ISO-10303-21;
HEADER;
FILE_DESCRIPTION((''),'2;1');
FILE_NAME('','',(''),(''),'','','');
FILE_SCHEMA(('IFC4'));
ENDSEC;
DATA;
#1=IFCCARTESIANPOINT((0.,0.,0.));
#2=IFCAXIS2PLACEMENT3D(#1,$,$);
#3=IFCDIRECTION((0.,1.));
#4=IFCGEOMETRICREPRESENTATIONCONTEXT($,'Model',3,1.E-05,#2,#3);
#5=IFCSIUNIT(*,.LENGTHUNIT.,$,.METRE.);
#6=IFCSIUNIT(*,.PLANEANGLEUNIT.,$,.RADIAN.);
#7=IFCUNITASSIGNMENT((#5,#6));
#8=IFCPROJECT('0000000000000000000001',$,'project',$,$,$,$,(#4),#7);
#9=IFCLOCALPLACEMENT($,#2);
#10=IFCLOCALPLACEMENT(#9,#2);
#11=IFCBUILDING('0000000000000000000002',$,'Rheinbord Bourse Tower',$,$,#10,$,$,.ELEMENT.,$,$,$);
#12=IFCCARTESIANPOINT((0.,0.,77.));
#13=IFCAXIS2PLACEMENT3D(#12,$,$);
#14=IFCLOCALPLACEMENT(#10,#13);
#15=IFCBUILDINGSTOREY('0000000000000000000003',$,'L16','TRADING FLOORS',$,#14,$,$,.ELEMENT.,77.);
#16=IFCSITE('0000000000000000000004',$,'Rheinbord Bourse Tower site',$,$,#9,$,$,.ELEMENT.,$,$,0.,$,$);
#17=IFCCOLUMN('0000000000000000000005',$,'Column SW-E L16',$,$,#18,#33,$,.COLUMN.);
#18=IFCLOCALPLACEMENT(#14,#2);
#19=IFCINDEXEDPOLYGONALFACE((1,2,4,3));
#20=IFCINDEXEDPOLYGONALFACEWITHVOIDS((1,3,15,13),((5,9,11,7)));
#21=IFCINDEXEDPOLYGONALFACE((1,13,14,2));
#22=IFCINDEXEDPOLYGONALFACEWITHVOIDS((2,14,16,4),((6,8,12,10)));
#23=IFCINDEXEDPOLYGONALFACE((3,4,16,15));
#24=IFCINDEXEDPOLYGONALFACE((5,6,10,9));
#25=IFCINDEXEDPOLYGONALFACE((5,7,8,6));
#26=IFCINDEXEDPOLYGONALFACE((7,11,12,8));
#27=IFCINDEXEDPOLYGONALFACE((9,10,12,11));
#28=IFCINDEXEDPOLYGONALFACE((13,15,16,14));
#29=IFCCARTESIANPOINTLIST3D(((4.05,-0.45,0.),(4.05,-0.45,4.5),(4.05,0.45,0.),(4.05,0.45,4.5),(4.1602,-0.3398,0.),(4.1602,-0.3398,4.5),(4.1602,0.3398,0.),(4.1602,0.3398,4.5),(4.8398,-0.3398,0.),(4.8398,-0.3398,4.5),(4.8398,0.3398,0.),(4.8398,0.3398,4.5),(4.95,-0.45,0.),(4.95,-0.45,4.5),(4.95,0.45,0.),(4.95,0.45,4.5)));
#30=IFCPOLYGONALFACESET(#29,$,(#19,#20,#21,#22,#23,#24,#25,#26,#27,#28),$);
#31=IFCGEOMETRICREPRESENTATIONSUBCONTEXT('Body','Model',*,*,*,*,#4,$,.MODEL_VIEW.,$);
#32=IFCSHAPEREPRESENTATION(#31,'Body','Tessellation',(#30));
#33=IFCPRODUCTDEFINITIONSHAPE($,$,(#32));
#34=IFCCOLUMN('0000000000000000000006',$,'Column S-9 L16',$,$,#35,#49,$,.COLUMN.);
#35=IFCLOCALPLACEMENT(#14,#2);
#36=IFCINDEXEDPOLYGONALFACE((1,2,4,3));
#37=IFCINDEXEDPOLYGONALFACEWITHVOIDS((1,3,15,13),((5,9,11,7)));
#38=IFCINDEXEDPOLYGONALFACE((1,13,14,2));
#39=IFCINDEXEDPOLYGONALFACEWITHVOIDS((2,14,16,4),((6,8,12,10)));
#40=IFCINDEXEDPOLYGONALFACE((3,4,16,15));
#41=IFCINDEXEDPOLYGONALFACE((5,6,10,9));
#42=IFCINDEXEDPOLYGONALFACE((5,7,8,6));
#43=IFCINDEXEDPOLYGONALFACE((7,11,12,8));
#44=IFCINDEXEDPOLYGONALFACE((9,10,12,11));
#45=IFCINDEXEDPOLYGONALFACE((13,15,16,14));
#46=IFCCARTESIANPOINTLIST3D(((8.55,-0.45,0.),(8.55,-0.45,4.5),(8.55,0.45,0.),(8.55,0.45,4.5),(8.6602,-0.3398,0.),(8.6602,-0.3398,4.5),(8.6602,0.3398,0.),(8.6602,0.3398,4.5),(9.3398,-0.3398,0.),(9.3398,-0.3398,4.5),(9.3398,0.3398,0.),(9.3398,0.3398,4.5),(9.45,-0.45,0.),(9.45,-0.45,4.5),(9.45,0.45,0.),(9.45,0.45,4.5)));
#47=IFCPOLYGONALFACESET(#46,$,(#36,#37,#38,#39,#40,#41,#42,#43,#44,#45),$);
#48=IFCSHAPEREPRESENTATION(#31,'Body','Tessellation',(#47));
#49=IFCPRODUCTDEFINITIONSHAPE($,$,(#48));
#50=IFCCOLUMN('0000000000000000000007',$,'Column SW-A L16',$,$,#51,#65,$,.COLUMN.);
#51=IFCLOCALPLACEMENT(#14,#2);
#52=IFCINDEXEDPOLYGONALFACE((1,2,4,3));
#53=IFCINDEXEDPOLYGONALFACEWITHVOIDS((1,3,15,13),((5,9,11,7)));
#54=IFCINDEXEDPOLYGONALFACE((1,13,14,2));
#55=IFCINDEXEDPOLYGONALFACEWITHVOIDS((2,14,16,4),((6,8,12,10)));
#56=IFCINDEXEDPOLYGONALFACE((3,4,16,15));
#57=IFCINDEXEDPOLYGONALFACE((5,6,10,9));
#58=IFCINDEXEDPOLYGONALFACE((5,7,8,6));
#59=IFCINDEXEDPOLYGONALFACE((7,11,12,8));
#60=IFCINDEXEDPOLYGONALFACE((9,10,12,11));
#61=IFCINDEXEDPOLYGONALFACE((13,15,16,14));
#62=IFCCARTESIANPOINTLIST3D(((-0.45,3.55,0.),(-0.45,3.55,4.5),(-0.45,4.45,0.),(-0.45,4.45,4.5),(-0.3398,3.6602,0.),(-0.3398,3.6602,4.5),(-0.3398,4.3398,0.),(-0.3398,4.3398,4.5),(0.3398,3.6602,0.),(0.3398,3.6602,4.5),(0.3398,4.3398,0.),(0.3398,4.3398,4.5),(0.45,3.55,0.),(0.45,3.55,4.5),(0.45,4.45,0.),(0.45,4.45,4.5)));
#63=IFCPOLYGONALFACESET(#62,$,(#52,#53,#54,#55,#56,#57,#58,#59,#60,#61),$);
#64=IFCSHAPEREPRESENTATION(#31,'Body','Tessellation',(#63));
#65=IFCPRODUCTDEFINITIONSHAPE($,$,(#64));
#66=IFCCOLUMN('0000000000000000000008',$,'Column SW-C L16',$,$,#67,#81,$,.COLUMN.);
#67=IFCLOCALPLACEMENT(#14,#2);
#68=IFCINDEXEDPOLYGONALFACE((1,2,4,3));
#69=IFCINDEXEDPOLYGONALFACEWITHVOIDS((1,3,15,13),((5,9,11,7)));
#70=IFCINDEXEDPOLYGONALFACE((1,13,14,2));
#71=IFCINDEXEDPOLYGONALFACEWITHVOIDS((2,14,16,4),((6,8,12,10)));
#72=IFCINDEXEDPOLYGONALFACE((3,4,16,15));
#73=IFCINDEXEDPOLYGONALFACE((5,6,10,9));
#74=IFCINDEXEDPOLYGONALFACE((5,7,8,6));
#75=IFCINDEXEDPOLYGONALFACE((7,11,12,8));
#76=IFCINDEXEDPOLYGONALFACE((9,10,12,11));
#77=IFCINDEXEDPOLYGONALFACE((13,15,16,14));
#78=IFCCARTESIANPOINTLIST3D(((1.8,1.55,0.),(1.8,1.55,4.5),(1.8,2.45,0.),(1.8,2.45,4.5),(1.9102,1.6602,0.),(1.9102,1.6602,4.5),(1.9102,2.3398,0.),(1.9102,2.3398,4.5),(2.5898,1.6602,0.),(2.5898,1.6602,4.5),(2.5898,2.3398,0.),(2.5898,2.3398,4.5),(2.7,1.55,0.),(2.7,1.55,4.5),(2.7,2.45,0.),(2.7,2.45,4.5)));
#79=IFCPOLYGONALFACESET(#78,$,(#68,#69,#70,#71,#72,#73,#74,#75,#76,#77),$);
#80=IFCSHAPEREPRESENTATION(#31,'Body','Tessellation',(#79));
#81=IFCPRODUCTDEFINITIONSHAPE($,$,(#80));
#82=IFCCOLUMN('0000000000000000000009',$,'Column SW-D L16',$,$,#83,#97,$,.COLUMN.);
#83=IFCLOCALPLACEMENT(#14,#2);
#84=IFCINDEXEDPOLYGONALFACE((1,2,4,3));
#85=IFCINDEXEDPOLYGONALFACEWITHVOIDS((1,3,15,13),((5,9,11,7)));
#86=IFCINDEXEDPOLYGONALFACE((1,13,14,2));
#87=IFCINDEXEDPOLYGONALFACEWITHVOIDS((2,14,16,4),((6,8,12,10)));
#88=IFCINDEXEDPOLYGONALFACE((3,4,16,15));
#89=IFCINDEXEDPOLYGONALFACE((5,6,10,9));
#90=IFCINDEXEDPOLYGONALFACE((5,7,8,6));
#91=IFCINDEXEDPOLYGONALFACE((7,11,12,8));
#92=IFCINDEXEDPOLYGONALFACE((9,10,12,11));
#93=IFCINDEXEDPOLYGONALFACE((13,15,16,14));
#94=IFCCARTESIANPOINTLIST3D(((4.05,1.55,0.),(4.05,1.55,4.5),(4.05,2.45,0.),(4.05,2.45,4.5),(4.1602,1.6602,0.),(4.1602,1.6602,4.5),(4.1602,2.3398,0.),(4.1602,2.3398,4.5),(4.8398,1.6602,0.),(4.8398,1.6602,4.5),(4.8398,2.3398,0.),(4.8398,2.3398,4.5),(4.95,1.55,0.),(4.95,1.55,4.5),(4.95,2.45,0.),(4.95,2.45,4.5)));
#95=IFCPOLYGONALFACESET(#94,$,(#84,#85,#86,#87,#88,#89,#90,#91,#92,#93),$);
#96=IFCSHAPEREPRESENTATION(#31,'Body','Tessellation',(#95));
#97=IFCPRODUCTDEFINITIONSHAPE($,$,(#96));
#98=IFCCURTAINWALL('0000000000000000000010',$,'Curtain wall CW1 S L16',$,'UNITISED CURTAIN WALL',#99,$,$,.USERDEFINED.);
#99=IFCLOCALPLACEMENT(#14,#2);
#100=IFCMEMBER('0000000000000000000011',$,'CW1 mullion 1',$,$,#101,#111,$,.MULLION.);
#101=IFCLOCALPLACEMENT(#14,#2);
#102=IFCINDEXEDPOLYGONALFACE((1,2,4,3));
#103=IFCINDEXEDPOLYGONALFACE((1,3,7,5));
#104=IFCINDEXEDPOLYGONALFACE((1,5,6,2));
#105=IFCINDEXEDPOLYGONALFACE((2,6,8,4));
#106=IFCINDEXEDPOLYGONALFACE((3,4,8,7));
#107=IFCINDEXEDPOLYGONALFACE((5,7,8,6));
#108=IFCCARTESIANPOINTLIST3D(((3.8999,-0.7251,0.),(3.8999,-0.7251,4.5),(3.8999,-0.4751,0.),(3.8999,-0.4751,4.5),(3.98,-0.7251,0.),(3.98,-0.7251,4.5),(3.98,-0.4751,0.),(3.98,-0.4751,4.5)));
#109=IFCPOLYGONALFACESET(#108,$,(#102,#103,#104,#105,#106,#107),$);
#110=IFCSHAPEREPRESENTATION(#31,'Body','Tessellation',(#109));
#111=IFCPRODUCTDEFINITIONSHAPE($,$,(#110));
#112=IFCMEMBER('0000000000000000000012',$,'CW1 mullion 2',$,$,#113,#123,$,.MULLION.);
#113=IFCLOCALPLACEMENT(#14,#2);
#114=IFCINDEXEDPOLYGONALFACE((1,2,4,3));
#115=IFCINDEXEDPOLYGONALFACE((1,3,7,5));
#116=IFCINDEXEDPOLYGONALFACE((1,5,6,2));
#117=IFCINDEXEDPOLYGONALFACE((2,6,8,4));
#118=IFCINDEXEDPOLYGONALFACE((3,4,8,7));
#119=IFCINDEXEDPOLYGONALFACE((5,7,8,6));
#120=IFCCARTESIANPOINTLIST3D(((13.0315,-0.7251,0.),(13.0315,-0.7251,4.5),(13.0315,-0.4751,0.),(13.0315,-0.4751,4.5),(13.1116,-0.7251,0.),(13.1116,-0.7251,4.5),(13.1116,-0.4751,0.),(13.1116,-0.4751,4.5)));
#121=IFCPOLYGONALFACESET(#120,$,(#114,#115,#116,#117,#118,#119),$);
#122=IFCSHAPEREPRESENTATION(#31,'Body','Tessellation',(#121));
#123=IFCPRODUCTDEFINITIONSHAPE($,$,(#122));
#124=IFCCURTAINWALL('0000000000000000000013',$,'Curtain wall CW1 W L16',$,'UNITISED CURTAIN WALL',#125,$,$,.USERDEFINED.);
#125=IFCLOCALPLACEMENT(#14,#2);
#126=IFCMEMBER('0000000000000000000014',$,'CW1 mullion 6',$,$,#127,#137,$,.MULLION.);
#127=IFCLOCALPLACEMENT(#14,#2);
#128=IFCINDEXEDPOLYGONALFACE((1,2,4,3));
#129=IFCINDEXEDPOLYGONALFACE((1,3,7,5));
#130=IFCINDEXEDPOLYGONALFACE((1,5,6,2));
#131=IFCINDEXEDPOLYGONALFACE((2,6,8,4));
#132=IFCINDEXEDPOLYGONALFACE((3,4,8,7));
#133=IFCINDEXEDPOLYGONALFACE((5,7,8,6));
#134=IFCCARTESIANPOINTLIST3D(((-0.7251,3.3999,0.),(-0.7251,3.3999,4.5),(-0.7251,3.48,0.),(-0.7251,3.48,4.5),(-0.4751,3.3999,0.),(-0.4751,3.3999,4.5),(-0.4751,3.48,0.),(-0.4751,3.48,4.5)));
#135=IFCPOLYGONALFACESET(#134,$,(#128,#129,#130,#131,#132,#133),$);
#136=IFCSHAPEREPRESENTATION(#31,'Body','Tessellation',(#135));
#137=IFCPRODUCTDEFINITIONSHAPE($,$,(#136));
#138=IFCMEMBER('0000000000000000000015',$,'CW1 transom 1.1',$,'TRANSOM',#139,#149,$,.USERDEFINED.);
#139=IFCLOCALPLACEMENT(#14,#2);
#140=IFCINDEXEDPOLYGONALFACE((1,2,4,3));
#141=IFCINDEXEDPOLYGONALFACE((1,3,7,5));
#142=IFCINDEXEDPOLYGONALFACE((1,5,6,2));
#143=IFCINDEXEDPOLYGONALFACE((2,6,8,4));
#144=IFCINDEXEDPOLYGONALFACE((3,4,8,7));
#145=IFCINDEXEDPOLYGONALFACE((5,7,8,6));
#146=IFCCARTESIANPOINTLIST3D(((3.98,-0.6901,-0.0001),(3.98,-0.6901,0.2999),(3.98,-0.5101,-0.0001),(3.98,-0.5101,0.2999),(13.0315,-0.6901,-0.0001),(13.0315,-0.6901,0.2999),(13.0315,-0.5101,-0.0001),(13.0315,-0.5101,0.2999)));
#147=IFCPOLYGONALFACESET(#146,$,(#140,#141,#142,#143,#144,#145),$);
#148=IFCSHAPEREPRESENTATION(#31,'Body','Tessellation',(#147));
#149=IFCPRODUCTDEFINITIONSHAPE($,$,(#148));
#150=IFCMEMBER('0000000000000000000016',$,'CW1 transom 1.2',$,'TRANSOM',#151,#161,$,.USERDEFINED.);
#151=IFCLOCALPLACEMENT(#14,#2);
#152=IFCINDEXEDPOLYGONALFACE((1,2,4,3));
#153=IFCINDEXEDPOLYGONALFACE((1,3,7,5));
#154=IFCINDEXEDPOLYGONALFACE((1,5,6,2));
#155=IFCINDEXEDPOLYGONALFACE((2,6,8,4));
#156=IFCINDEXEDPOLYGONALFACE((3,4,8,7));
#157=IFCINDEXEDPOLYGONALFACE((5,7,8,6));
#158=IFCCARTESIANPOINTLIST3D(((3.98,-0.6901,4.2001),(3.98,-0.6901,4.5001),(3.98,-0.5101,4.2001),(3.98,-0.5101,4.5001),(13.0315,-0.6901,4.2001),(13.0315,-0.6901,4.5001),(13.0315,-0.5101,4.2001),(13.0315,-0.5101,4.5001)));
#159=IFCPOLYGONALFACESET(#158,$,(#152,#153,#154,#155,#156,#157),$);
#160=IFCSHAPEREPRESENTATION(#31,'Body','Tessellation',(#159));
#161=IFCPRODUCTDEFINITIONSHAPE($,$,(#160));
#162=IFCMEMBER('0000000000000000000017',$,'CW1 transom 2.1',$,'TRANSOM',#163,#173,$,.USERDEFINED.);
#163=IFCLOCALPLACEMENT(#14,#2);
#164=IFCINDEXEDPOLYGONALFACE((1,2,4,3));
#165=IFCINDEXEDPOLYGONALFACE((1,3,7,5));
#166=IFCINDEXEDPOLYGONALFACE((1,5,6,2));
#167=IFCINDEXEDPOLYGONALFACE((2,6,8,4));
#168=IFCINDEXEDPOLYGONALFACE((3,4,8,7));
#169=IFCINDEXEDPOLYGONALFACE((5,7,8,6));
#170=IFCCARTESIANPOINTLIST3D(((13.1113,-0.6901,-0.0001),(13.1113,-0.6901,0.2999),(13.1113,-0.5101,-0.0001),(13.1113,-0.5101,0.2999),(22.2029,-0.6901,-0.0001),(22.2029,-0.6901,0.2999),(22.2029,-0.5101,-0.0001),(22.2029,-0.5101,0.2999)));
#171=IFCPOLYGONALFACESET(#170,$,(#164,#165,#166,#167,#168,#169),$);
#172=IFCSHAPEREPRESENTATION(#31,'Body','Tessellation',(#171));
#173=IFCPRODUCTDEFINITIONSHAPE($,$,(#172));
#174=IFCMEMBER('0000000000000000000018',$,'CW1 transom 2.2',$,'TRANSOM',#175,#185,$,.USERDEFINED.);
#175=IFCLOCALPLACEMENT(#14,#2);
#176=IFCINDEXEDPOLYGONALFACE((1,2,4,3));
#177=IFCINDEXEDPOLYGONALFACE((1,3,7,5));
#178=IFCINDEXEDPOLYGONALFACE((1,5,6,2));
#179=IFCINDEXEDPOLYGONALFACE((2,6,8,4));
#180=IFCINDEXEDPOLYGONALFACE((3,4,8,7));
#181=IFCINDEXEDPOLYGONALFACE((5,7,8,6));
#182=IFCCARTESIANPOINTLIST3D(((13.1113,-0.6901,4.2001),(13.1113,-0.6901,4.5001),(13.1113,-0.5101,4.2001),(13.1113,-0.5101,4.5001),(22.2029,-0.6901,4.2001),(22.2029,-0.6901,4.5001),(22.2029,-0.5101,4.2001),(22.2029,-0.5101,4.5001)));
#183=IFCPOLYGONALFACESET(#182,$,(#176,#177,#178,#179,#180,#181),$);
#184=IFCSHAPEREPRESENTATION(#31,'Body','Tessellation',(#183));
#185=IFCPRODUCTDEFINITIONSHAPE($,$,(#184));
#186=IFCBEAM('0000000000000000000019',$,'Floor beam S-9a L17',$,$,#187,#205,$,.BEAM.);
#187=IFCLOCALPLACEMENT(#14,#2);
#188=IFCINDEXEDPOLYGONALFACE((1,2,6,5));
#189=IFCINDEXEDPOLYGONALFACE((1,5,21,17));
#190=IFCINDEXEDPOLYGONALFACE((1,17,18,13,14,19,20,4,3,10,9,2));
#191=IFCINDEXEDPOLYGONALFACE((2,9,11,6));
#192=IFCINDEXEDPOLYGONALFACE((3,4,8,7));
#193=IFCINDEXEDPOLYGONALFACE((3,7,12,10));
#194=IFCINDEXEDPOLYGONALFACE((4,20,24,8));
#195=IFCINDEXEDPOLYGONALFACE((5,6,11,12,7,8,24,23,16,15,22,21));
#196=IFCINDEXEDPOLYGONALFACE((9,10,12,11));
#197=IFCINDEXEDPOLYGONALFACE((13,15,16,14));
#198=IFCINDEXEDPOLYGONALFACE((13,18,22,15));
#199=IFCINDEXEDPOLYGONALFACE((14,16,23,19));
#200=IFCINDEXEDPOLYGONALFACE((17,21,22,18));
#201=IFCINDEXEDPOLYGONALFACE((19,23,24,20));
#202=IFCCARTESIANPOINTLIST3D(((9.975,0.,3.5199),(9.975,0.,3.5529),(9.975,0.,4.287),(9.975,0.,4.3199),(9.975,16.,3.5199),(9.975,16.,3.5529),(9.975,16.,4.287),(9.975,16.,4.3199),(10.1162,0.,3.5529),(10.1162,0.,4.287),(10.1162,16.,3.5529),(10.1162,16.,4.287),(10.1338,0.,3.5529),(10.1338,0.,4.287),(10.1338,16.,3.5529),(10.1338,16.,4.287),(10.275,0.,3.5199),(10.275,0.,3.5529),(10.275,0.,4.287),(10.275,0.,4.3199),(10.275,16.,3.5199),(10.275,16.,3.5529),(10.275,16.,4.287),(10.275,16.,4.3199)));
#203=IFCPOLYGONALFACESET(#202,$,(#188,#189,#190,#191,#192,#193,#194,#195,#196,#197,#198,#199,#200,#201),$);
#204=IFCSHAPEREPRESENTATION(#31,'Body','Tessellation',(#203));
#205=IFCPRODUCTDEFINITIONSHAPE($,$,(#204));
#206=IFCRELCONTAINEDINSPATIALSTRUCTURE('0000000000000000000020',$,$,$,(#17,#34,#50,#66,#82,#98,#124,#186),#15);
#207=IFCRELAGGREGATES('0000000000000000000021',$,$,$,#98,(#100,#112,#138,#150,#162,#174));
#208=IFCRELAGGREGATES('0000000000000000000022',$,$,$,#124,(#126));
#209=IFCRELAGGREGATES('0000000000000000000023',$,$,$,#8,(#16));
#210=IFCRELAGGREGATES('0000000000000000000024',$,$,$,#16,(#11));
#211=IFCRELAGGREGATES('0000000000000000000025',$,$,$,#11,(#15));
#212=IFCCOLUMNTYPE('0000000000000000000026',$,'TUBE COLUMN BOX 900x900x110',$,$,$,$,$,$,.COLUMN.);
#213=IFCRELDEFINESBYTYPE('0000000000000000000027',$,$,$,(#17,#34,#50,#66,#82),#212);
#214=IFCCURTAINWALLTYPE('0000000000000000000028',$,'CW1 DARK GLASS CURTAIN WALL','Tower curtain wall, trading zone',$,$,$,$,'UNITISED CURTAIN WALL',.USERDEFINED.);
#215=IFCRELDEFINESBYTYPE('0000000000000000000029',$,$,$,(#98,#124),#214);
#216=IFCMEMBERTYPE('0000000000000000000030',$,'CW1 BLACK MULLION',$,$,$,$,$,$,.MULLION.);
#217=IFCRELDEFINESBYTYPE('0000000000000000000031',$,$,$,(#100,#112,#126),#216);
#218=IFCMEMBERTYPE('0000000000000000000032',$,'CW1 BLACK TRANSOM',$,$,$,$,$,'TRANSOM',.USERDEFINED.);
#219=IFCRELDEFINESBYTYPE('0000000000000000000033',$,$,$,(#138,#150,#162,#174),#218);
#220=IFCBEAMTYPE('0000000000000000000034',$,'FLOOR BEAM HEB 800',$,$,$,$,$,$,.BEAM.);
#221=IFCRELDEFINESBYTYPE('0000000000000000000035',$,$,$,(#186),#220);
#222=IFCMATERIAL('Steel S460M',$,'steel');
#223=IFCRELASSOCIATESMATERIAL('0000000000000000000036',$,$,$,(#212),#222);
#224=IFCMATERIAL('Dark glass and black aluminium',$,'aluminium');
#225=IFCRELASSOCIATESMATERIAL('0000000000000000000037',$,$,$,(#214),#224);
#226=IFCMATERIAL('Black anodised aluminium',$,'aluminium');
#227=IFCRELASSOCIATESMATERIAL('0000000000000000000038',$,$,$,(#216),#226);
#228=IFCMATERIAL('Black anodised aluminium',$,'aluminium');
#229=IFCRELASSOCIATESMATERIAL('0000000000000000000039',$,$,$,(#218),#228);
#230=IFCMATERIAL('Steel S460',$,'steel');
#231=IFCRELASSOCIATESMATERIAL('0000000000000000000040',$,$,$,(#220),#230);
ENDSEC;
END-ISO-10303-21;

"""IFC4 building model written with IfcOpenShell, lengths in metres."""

from ifc_helpers import new_model, si_unit, direction, frame, origin, origin_2d, place, context, subcontext, project, spatial, rectangle, hollow_rectangle, i_section, extrude, material, material_profile, profile_set, type_object, element, aggregate, save


model = new_model("IFC4")

# Units and contexts
model_context = context("Model", 3, precision=1e-05, world=origin(), true_north=direction((0.0, 1.0)))
body_context = subcontext(model_context, "Body", "Model", "MODEL_VIEW")
ifc_project = project(units=[si_unit("LENGTHUNIT", "METRE"), si_unit("PLANEANGLEUNIT", "RADIAN")], contexts=[model_context])

# Site, building, storey
site_placement = place(None, origin())
site = spatial("IfcSite", under=ifc_project, at=site_placement, Name="Rheinbord Bourse Tower site", CompositionType="ELEMENT", RefElevation=0.0)
building_placement = place(site_placement, origin())
building = spatial("IfcBuilding", under=site, at=building_placement, Name="Rheinbord Bourse Tower", CompositionType="ELEMENT")
storey_placement = place(building_placement, frame((0.0, 0.0, 77.0)))
storey = spatial("IfcBuildingStorey", under=building, at=storey_placement, Name="L16", Description="TRADING FLOORS", CompositionType="ELEMENT", Elevation=77.0)

# Columns
ifc_material_1 = material(Name="Steel S460M", Category="steel")
ifc_material_profile_1 = material_profile(ifc_material_1, hollow_rectangle(XDim=0.8999, YDim=0.8999, WallThickness=0.1101, at=origin_2d()), Name="BOX 900x900x110")
ifc_profile_set_1 = profile_set([ifc_material_profile_1], Name="Steel S460M")
column_type = type_object("IfcColumnType", Name="TUBE COLUMN BOX 900x900x110", PredefinedType="COLUMN", material=ifc_profile_set_1)
for number, where, z_axis, x_axis, name in (
    (1, (4.5, 0.0, 0.0), (0.0, 0.0, 1.0), (0.0, 1.0, 0.0), "Column SW-E L16"),
    (2, (9.0, 0.0, 0.0), (0.0, 0.0, 1.0), (0.0, 1.0, 0.0), "Column S-9 L16"),
    (3, (0.0, 4.0, 0.0), (0.0, 0.0, 1.0), (1.0, 0.0, 0.0), "Column SW-A L16"),
    (4, (2.25, 2.0, 0.0), (0.0, 0.0, 1.0), (1.0, 0.0, 0.0), "Column SW-C L16"),
    (5, (4.5, 2.0, 0.0), (0.0, 0.0, 1.0), (0.0, 1.0, 0.0), "Column SW-D L16"),
):
    element("IfcColumn", number, at=place(storey_placement, frame(where, z_axis=z_axis, x_axis=x_axis)), inside=storey, type_object=column_type, Name=name, PredefinedType="COLUMN", context=body_context, shape_type="SweptSolid", body=[
        extrude(hollow_rectangle(XDim=0.8999, YDim=0.8999, WallThickness=0.1101, at=origin_2d()), origin(), (0.0, 0.0, 1.0), 4.5),
    ])

# Curtain wall, members
ifc_material_2 = material(Name="Dark glass and black aluminium", Category="aluminium")
curtain_wall_type = type_object("IfcCurtainWallType", Name="CW1 DARK GLASS CURTAIN WALL", Description="Tower curtain wall, trading zone", ElementType="UNITISED CURTAIN WALL", PredefinedType="USERDEFINED", material=ifc_material_2)
curtain_wall_1_placement = place(storey_placement, origin())
curtain_wall_1 = element("IfcCurtainWall", 6, at=curtain_wall_1_placement, inside=storey, type_object=curtain_wall_type, Name="Curtain wall CW1 S L16", ObjectType="UNITISED CURTAIN WALL", PredefinedType="USERDEFINED")
ifc_material_3 = material(Name="Black anodised aluminium", Category="aluminium")
ifc_material_profile_2 = material_profile(ifc_material_3, rectangle(XDim=0.25, YDim=0.0801, at=origin_2d()), Name="CW1 MULLION 80x250")
ifc_profile_set_2 = profile_set([ifc_material_profile_2], Name="Black anodised aluminium")
member_type_1 = type_object("IfcMemberType", Name="CW1 BLACK MULLION", PredefinedType="MULLION", material=ifc_profile_set_2)
member_1_placement = place(storey_placement, frame((3.9399, -0.6001, 0.0), z_axis=(0.0, 0.0, 1.0), x_axis=(0.0, 1.0, 0.0)))
member_1 = element("IfcMember", 7, at=member_1_placement, type_object=member_type_1, Name="CW1 mullion 1", PredefinedType="MULLION", context=body_context, shape_type="SweptSolid", body=[
    extrude(rectangle(XDim=0.25, YDim=0.0801, at=origin_2d()), origin(), (0.0, 0.0, 1.0), 4.5),
])
member_2_placement = place(storey_placement, frame((13.0715, -0.6001, 0.0), z_axis=(0.0, 0.0, 1.0), x_axis=(0.0, 1.0, 0.0)))
member_2 = element("IfcMember", 8, at=member_2_placement, type_object=member_type_1, Name="CW1 mullion 2", PredefinedType="MULLION", context=body_context, shape_type="SweptSolid", body=[
    extrude(rectangle(XDim=0.25, YDim=0.0801, at=origin_2d()), origin(), (0.0, 0.0, 1.0), 4.5),
])

# Curtain wall, member
curtain_wall_2_placement = place(storey_placement, origin())
curtain_wall_2 = element("IfcCurtainWall", 9, at=curtain_wall_2_placement, inside=storey, type_object=curtain_wall_type, Name="Curtain wall CW1 W L16", ObjectType="UNITISED CURTAIN WALL", PredefinedType="USERDEFINED")
member_3_placement = place(storey_placement, frame((-0.6001, 3.4399, 0.0), z_axis=(0.0, 0.0, 1.0), x_axis=(1.0, 0.0, 0.0)))
member_3 = element("IfcMember", 10, at=member_3_placement, type_object=member_type_1, Name="CW1 mullion 6", PredefinedType="MULLION", context=body_context, shape_type="SweptSolid", body=[
    extrude(rectangle(XDim=0.25, YDim=0.0801, at=origin_2d()), origin(), (0.0, 0.0, 1.0), 4.5),
])

# Members
ifc_material_4 = material(Name="Black anodised aluminium", Category="aluminium")
ifc_material_profile_3 = material_profile(ifc_material_4, rectangle(XDim=0.1799, YDim=0.3, at=origin_2d()), Name="CW1 TRANSOM 300x180")
ifc_profile_set_3 = profile_set([ifc_material_profile_3], Name="Black anodised aluminium")
member_type_2 = type_object("IfcMemberType", Name="CW1 BLACK TRANSOM", ElementType="TRANSOM", PredefinedType="USERDEFINED", material=ifc_profile_set_3)
member_4_placement = place(storey_placement, frame((3.98, -0.6001, 0.1499), z_axis=(1.0, 0.0, 0.0), x_axis=(0.0, 1.0, 0.0)))
member_4 = element("IfcMember", 11, at=member_4_placement, type_object=member_type_2, Name="CW1 transom 1.1", ObjectType="TRANSOM", PredefinedType="USERDEFINED", context=body_context, shape_type="SweptSolid", body=[
    extrude(rectangle(XDim=0.1799, YDim=0.3, at=origin_2d()), origin(), (0.0, 0.0, 1.0), 9.0515),
])
member_5_placement = place(storey_placement, frame((3.98, -0.6001, 4.3501), z_axis=(1.0, 0.0, 0.0), x_axis=(0.0, 1.0, 0.0)))
member_5 = element("IfcMember", 12, at=member_5_placement, type_object=member_type_2, Name="CW1 transom 1.2", ObjectType="TRANSOM", PredefinedType="USERDEFINED", context=body_context, shape_type="SweptSolid", body=[
    extrude(rectangle(XDim=0.1799, YDim=0.3, at=origin_2d()), origin(), (0.0, 0.0, 1.0), 9.0515),
])
member_6_placement = place(storey_placement, frame((13.1113, -0.6001, 0.1499), z_axis=(1.0, 0.0, 0.0), x_axis=(0.0, 1.0, 0.0)))
member_6 = element("IfcMember", 13, at=member_6_placement, type_object=member_type_2, Name="CW1 transom 2.1", ObjectType="TRANSOM", PredefinedType="USERDEFINED", context=body_context, shape_type="SweptSolid", body=[
    extrude(rectangle(XDim=0.1799, YDim=0.3, at=origin_2d()), origin(), (0.0, 0.0, 1.0), 9.0916),
])
member_7_placement = place(storey_placement, frame((13.1113, -0.6001, 4.3501), z_axis=(1.0, 0.0, 0.0), x_axis=(0.0, 1.0, 0.0)))
member_7 = element("IfcMember", 14, at=member_7_placement, type_object=member_type_2, Name="CW1 transom 2.2", ObjectType="TRANSOM", PredefinedType="USERDEFINED", context=body_context, shape_type="SweptSolid", body=[
    extrude(rectangle(XDim=0.1799, YDim=0.3, at=origin_2d()), origin(), (0.0, 0.0, 1.0), 9.0916),
])

# Beam
ifc_material_5 = material(Name="Steel S460", Category="steel")
ifc_material_profile_4 = material_profile(ifc_material_5, i_section(OverallWidth=0.3, OverallDepth=0.8, WebThickness=0.0176, FlangeThickness=0.033, at=origin_2d()), Name="HEB 800")
ifc_profile_set_4 = profile_set([ifc_material_profile_4], Name="Steel S460")
beam_type_1 = type_object("IfcBeamType", Name="FLOOR BEAM HEB 800", PredefinedType="BEAM", material=ifc_profile_set_4)
for number, where, z_axis, x_axis, name in (
    (15, (10.125, 0.0, 3.9199), (0.0, 1.0, 0.0), (-1.0, 0.0, 0.0), "Floor beam S-9a L17"),
):
    element("IfcBeam", number, at=place(storey_placement, frame(where, z_axis=z_axis, x_axis=x_axis)), inside=storey, type_object=beam_type_1, Name=name, PredefinedType="BEAM", context=body_context, shape_type="SweptSolid", body=[
        extrude(i_section(OverallWidth=0.3, OverallDepth=0.8, WebThickness=0.0176, FlangeThickness=0.033, at=origin_2d()), origin(), (0.0, 0.0, 1.0), 16.0),
    ])

aggregate(curtain_wall_1, [member_1, member_2, member_4, member_5, member_6, member_7])
aggregate(curtain_wall_2, [member_3])

save(model, "model.ifc")
